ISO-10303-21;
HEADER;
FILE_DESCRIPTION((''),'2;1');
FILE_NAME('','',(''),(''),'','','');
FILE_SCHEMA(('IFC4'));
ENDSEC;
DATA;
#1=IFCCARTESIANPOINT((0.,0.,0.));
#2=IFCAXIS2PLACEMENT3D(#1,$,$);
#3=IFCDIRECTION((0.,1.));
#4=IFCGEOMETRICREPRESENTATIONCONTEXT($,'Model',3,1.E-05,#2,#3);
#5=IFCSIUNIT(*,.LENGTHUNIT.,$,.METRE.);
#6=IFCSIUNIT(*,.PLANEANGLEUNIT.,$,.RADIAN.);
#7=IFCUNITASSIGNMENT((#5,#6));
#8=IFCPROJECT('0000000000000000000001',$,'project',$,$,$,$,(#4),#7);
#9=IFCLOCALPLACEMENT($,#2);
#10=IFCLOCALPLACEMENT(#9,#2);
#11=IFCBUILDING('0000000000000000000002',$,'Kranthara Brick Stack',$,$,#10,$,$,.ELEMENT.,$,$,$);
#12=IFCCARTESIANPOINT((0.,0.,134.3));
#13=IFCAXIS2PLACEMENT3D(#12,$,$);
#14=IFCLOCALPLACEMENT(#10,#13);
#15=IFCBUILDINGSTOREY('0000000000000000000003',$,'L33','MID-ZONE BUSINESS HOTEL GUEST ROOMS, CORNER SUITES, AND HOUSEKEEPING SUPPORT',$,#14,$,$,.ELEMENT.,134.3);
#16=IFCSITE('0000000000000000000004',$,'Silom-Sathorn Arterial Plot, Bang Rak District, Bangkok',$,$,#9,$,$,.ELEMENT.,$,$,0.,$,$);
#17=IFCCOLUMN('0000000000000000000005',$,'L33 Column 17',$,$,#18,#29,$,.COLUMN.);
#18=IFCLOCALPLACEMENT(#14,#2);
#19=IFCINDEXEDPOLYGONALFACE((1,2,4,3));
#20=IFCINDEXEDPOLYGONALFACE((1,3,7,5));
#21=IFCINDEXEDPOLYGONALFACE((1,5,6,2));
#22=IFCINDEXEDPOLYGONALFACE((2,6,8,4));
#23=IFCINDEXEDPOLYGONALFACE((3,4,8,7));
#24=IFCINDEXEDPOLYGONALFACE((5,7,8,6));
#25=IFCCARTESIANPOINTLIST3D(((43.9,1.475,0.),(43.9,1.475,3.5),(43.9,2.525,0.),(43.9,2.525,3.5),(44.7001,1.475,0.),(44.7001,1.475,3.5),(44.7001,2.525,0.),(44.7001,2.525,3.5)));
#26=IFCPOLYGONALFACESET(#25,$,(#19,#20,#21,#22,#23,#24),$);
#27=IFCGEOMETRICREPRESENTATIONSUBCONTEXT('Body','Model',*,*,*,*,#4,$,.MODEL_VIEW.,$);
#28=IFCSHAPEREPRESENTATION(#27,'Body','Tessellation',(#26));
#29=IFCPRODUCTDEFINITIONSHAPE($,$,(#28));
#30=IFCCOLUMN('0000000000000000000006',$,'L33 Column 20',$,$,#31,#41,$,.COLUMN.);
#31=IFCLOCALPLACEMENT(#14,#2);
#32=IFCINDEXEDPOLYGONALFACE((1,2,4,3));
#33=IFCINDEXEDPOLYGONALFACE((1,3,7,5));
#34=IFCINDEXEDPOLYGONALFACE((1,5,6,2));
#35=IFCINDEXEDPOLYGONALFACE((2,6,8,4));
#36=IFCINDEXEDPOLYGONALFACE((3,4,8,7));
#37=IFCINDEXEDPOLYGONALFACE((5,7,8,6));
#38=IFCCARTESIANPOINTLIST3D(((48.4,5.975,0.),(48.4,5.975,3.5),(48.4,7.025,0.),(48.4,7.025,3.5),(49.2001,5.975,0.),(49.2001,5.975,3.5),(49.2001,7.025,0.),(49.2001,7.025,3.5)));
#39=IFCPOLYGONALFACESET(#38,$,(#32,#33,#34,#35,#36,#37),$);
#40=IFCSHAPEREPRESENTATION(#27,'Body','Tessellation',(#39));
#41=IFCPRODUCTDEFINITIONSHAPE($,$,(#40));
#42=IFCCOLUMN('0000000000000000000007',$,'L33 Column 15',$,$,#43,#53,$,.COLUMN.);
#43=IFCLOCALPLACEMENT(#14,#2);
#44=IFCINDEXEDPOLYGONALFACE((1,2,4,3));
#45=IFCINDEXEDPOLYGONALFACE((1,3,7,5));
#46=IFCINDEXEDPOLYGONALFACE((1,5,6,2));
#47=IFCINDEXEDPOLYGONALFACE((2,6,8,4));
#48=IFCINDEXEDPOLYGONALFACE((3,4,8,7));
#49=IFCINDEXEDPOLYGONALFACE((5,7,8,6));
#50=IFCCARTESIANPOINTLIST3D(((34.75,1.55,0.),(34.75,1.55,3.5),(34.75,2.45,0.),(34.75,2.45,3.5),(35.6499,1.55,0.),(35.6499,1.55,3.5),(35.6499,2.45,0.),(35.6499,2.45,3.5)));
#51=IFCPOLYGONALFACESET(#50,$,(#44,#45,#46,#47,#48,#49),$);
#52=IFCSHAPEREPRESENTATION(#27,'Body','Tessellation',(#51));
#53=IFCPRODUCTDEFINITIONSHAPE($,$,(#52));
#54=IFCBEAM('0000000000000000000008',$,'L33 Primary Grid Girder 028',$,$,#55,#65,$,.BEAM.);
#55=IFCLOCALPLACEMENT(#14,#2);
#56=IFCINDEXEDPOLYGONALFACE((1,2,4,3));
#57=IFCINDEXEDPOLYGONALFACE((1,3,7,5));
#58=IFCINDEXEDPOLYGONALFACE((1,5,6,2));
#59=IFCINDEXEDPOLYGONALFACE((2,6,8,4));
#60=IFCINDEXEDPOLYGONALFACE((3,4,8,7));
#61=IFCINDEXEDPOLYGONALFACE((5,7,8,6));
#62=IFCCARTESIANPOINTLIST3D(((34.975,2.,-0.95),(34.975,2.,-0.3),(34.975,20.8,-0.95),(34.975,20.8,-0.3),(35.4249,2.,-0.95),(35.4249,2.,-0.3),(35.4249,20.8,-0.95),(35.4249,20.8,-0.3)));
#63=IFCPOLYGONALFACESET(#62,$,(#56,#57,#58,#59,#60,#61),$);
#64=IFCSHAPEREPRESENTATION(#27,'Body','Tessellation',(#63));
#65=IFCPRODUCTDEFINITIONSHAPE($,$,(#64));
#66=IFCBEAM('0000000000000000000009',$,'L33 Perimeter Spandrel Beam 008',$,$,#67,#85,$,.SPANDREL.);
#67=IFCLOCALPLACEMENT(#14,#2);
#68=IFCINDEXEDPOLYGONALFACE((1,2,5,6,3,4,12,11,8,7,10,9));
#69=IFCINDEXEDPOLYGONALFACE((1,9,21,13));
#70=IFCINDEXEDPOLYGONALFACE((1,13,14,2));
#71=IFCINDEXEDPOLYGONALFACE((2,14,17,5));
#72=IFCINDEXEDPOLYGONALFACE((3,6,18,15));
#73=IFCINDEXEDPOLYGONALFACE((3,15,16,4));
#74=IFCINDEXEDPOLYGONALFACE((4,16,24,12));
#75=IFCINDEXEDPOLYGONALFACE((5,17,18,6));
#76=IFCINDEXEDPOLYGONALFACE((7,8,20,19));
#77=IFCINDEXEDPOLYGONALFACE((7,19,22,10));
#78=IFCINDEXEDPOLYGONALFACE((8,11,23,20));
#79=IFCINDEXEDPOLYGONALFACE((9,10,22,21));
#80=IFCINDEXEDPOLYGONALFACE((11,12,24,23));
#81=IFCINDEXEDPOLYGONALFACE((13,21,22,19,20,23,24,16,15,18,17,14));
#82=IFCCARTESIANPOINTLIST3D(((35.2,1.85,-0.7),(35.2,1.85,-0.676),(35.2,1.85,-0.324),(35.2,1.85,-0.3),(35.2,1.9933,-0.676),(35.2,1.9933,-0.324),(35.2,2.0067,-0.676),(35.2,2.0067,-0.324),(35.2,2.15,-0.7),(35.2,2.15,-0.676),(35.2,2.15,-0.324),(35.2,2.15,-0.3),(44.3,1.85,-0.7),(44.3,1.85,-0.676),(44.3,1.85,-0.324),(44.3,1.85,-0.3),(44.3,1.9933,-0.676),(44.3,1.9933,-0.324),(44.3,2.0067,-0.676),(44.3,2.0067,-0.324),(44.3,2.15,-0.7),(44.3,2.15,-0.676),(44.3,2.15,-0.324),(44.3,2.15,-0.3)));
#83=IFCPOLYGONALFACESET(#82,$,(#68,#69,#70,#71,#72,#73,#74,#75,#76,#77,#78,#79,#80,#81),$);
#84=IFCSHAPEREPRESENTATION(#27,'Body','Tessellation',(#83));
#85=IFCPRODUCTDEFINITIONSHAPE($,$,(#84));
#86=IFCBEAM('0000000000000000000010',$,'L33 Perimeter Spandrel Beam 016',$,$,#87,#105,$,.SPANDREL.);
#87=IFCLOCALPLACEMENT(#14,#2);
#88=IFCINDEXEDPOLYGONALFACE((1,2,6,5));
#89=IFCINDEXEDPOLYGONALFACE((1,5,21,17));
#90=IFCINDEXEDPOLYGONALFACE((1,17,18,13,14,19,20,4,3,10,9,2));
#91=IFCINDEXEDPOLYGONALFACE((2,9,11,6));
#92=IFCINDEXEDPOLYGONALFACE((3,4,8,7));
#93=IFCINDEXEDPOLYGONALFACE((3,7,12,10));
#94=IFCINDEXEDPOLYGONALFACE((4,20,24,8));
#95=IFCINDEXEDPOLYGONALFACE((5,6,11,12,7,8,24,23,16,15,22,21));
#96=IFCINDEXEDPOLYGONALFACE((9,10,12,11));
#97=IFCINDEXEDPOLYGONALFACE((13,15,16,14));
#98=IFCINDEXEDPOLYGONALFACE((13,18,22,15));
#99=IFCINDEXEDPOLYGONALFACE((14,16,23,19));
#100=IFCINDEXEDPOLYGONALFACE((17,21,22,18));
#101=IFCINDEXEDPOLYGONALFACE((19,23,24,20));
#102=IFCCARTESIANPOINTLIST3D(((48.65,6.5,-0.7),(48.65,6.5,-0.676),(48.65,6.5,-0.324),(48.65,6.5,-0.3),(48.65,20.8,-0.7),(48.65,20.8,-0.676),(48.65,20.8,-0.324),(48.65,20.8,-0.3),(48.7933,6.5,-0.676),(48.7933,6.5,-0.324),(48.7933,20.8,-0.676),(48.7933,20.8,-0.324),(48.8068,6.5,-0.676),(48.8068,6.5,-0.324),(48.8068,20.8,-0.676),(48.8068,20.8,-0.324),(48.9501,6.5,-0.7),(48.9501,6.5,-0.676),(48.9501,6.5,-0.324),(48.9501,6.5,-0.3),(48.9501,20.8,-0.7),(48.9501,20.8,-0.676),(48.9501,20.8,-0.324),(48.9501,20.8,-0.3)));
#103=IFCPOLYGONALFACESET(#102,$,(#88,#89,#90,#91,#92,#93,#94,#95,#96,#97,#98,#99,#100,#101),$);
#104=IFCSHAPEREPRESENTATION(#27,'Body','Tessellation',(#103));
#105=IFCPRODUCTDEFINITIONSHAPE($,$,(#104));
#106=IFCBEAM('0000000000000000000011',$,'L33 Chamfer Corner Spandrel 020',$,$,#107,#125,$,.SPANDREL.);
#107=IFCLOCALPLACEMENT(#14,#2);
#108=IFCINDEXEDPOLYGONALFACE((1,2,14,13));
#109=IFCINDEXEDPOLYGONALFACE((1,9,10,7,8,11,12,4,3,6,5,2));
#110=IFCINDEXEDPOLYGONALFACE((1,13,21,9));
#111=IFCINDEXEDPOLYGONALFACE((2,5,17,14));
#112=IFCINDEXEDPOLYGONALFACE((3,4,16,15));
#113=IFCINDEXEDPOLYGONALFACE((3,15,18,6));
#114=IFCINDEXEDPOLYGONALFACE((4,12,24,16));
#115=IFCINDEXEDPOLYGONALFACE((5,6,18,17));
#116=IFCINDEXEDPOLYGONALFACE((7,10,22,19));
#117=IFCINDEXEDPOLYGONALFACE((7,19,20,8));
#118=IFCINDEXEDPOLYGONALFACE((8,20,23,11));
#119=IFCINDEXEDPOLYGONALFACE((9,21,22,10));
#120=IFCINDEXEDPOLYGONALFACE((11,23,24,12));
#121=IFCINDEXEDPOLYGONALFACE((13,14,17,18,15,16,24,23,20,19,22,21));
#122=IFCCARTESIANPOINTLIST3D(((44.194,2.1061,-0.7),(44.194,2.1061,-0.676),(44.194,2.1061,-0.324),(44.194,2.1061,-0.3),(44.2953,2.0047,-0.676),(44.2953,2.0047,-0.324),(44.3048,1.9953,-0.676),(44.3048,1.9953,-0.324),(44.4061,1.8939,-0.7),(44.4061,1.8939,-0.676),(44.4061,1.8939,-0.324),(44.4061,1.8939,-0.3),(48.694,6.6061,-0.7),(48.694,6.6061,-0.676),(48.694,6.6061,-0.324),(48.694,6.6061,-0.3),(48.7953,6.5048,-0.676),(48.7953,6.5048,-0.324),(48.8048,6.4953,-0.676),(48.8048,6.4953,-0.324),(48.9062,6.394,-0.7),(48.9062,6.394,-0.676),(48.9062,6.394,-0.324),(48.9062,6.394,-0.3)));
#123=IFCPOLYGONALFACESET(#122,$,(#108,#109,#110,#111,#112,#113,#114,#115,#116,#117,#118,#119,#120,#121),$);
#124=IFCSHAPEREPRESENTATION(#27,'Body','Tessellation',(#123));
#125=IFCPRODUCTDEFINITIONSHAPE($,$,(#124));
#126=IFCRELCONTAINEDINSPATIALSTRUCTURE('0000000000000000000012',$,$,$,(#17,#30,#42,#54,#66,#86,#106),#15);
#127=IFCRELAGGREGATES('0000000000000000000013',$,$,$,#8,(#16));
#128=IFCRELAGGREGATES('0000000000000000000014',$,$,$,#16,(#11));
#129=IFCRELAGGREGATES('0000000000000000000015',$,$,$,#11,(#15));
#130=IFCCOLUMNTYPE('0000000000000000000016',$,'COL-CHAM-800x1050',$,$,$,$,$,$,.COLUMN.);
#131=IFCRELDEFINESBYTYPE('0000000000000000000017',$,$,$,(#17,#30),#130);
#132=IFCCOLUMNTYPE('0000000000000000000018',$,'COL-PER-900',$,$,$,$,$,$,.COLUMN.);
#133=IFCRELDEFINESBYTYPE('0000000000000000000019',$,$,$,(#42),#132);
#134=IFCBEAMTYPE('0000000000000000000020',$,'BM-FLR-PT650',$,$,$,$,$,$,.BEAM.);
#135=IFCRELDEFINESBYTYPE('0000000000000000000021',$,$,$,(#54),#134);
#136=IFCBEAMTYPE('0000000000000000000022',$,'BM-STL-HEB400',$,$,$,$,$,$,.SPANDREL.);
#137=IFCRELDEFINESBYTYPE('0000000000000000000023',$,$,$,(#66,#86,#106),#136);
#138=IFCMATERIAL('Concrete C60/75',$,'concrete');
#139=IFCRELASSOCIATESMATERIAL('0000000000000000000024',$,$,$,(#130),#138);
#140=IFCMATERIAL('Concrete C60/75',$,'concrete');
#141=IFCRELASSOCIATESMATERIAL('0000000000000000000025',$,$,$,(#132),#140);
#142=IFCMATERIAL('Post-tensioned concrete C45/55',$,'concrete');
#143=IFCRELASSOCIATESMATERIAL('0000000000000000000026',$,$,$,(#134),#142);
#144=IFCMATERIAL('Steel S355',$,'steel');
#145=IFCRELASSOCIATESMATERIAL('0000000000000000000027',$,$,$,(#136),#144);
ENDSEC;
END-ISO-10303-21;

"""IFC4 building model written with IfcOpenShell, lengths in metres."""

from ifc_helpers import new_model, si_unit, direction, frame, origin, origin_2d, place, context, subcontext, project, spatial, rectangle, i_section, extrude, material, material_profile, profile_set, type_object, element, save


model = new_model("IFC4")

# Units and contexts
model_context = context("Model", 3, precision=1e-05, world=origin(), true_north=direction((0.0, 1.0)))
body_context = subcontext(model_context, "Body", "Model", "MODEL_VIEW")
ifc_project = project(units=[si_unit("LENGTHUNIT", "METRE"), si_unit("PLANEANGLEUNIT", "RADIAN")], contexts=[model_context])

# Site, building, storey
site_placement = place(None, origin())
site = spatial("IfcSite", under=ifc_project, at=site_placement, Name="Silom-Sathorn Arterial Plot, Bang Rak District, Bangkok", CompositionType="ELEMENT", RefElevation=0.0)
building_placement = place(site_placement, origin())
building = spatial("IfcBuilding", under=site, at=building_placement, Name="Kranthara Brick Stack", CompositionType="ELEMENT")
storey_placement = place(building_placement, frame((0.0, 0.0, 134.3)))
storey = spatial("IfcBuildingStorey", under=building, at=storey_placement, Name="L33", Description="MID-ZONE BUSINESS HOTEL GUEST ROOMS, CORNER SUITES, AND HOUSEKEEPING SUPPORT", CompositionType="ELEMENT", Elevation=134.3)

# Columns
ifc_material_1 = material(Name="Concrete C60/75", Category="concrete")
ifc_material_profile_1 = material_profile(ifc_material_1, rectangle(XDim=0.8, YDim=1.05, at=origin_2d()), Name="RC 800x1050")
ifc_profile_set_1 = profile_set([ifc_material_profile_1], Name="Concrete C60/75")
column_type_1 = type_object("IfcColumnType", Name="COL-CHAM-800x1050", PredefinedType="COLUMN", material=ifc_profile_set_1)
for number, where, z_axis, x_axis, name in (
    (1, (44.3, 2.0, 0.0), (0.0, 0.0, 1.0), (1.0, 0.0, 0.0), "L33 Column 17"),
    (2, (48.8, 6.5, 0.0), (0.0, 0.0, 1.0), (1.0, 0.0, 0.0), "L33 Column 20"),
):
    element("IfcColumn", number, at=place(storey_placement, frame(where, z_axis=z_axis, x_axis=x_axis)), inside=storey, type_object=column_type_1, Name=name, PredefinedType="COLUMN", context=body_context, shape_type="SweptSolid", body=[
        extrude(rectangle(XDim=0.8, YDim=1.05, at=origin_2d()), origin(), (0.0, 0.0, 1.0), 3.5),
    ])
ifc_material_2 = material(Name="Concrete C60/75", Category="concrete")
ifc_material_profile_2 = material_profile(ifc_material_2, rectangle(XDim=0.8999, YDim=0.8999, at=origin_2d()), Name="RC 900x900")
ifc_profile_set_2 = profile_set([ifc_material_profile_2], Name="Concrete C60/75")
column_type_2 = type_object("IfcColumnType", Name="COL-PER-900", PredefinedType="COLUMN", material=ifc_profile_set_2)
column_placement = place(storey_placement, frame((35.2, 2.0, 0.0), z_axis=(0.0, 0.0, 1.0), x_axis=(1.0, 0.0, 0.0)))
element("IfcColumn", 3, at=column_placement, inside=storey, type_object=column_type_2, Name="L33 Column 15", PredefinedType="COLUMN", context=body_context, shape_type="SweptSolid", body=[
    extrude(rectangle(XDim=0.8999, YDim=0.8999, at=origin_2d()), origin(), (0.0, 0.0, 1.0), 3.5),
])

# Beams
ifc_material_3 = material(Name="Post-tensioned concrete C45/55", Category="concrete")
ifc_material_profile_3 = material_profile(ifc_material_3, rectangle(XDim=0.45, YDim=0.6499, at=origin_2d()), Name="PT 450x650")
ifc_profile_set_3 = profile_set([ifc_material_profile_3], Name="Post-tensioned concrete C45/55")
beam_type_1 = type_object("IfcBeamType", Name="BM-FLR-PT650", PredefinedType="BEAM", material=ifc_profile_set_3)
beam_1_placement = place(storey_placement, frame((35.2, 2.0, -0.625), z_axis=(0.0, 1.0, 0.0), x_axis=(-1.0, 0.0, 0.0)))
element("IfcBeam", 4, at=beam_1_placement, inside=storey, type_object=beam_type_1, Name="L33 Primary Grid Girder 028", PredefinedType="BEAM", context=body_context, shape_type="SweptSolid", body=[
    extrude(rectangle(XDim=0.45, YDim=0.6499, at=origin_2d()), origin(), (0.0, 0.0, 1.0), 18.8),
])
ifc_material_4 = material(Name="Steel S355", Category="steel")
ifc_material_profile_4 = material_profile(ifc_material_4, i_section(OverallWidth=0.3, OverallDepth=0.3999, WebThickness=0.0134, FlangeThickness=0.0239, at=origin_2d()), Name="HEB 400")
ifc_profile_set_4 = profile_set([ifc_material_profile_4], Name="Steel S355")
beam_type_2 = type_object("IfcBeamType", Name="BM-STL-HEB400", PredefinedType="SPANDREL", material=ifc_profile_set_4)
beam_2_placement = place(storey_placement, frame((35.2, 2.0, -0.5), z_axis=(1.0, 0.0, 0.0), x_axis=(0.0, 1.0, 0.0)))
element("IfcBeam", 5, at=beam_2_placement, inside=storey, type_object=beam_type_2, Name="L33 Perimeter Spandrel Beam 008", PredefinedType="SPANDREL", context=body_context, shape_type="SweptSolid", body=[
    extrude(i_section(OverallWidth=0.3, OverallDepth=0.3999, WebThickness=0.0134, FlangeThickness=0.0239, at=origin_2d()), origin(), (0.0, 0.0, 1.0), 9.1001),
])
beam_3_placement = place(storey_placement, frame((48.8, 6.5, -0.5), z_axis=(0.0, 1.0, 0.0), x_axis=(-1.0, 0.0, 0.0)))
element("IfcBeam", 6, at=beam_3_placement, inside=storey, type_object=beam_type_2, Name="L33 Perimeter Spandrel Beam 016", PredefinedType="SPANDREL", context=body_context, shape_type="SweptSolid", body=[
    extrude(i_section(OverallWidth=0.3, OverallDepth=0.3999, WebThickness=0.0134, FlangeThickness=0.0239, at=origin_2d()), origin(), (0.0, 0.0, 1.0), 14.3),
])
beam_4_placement = place(storey_placement, frame((44.3, 2.0, -0.5), z_axis=(0.707107, 0.707107, 0.0), x_axis=(-0.707107, 0.707107, 0.0)))
element("IfcBeam", 7, at=beam_4_placement, inside=storey, type_object=beam_type_2, Name="L33 Chamfer Corner Spandrel 020", PredefinedType="SPANDREL", context=body_context, shape_type="SweptSolid", body=[
    extrude(i_section(OverallWidth=0.3, OverallDepth=0.3999, WebThickness=0.0134, FlangeThickness=0.0239, at=origin_2d()), origin(), (0.0, 0.0, 1.0), 6.364),
])

save(model, "model.ifc")
